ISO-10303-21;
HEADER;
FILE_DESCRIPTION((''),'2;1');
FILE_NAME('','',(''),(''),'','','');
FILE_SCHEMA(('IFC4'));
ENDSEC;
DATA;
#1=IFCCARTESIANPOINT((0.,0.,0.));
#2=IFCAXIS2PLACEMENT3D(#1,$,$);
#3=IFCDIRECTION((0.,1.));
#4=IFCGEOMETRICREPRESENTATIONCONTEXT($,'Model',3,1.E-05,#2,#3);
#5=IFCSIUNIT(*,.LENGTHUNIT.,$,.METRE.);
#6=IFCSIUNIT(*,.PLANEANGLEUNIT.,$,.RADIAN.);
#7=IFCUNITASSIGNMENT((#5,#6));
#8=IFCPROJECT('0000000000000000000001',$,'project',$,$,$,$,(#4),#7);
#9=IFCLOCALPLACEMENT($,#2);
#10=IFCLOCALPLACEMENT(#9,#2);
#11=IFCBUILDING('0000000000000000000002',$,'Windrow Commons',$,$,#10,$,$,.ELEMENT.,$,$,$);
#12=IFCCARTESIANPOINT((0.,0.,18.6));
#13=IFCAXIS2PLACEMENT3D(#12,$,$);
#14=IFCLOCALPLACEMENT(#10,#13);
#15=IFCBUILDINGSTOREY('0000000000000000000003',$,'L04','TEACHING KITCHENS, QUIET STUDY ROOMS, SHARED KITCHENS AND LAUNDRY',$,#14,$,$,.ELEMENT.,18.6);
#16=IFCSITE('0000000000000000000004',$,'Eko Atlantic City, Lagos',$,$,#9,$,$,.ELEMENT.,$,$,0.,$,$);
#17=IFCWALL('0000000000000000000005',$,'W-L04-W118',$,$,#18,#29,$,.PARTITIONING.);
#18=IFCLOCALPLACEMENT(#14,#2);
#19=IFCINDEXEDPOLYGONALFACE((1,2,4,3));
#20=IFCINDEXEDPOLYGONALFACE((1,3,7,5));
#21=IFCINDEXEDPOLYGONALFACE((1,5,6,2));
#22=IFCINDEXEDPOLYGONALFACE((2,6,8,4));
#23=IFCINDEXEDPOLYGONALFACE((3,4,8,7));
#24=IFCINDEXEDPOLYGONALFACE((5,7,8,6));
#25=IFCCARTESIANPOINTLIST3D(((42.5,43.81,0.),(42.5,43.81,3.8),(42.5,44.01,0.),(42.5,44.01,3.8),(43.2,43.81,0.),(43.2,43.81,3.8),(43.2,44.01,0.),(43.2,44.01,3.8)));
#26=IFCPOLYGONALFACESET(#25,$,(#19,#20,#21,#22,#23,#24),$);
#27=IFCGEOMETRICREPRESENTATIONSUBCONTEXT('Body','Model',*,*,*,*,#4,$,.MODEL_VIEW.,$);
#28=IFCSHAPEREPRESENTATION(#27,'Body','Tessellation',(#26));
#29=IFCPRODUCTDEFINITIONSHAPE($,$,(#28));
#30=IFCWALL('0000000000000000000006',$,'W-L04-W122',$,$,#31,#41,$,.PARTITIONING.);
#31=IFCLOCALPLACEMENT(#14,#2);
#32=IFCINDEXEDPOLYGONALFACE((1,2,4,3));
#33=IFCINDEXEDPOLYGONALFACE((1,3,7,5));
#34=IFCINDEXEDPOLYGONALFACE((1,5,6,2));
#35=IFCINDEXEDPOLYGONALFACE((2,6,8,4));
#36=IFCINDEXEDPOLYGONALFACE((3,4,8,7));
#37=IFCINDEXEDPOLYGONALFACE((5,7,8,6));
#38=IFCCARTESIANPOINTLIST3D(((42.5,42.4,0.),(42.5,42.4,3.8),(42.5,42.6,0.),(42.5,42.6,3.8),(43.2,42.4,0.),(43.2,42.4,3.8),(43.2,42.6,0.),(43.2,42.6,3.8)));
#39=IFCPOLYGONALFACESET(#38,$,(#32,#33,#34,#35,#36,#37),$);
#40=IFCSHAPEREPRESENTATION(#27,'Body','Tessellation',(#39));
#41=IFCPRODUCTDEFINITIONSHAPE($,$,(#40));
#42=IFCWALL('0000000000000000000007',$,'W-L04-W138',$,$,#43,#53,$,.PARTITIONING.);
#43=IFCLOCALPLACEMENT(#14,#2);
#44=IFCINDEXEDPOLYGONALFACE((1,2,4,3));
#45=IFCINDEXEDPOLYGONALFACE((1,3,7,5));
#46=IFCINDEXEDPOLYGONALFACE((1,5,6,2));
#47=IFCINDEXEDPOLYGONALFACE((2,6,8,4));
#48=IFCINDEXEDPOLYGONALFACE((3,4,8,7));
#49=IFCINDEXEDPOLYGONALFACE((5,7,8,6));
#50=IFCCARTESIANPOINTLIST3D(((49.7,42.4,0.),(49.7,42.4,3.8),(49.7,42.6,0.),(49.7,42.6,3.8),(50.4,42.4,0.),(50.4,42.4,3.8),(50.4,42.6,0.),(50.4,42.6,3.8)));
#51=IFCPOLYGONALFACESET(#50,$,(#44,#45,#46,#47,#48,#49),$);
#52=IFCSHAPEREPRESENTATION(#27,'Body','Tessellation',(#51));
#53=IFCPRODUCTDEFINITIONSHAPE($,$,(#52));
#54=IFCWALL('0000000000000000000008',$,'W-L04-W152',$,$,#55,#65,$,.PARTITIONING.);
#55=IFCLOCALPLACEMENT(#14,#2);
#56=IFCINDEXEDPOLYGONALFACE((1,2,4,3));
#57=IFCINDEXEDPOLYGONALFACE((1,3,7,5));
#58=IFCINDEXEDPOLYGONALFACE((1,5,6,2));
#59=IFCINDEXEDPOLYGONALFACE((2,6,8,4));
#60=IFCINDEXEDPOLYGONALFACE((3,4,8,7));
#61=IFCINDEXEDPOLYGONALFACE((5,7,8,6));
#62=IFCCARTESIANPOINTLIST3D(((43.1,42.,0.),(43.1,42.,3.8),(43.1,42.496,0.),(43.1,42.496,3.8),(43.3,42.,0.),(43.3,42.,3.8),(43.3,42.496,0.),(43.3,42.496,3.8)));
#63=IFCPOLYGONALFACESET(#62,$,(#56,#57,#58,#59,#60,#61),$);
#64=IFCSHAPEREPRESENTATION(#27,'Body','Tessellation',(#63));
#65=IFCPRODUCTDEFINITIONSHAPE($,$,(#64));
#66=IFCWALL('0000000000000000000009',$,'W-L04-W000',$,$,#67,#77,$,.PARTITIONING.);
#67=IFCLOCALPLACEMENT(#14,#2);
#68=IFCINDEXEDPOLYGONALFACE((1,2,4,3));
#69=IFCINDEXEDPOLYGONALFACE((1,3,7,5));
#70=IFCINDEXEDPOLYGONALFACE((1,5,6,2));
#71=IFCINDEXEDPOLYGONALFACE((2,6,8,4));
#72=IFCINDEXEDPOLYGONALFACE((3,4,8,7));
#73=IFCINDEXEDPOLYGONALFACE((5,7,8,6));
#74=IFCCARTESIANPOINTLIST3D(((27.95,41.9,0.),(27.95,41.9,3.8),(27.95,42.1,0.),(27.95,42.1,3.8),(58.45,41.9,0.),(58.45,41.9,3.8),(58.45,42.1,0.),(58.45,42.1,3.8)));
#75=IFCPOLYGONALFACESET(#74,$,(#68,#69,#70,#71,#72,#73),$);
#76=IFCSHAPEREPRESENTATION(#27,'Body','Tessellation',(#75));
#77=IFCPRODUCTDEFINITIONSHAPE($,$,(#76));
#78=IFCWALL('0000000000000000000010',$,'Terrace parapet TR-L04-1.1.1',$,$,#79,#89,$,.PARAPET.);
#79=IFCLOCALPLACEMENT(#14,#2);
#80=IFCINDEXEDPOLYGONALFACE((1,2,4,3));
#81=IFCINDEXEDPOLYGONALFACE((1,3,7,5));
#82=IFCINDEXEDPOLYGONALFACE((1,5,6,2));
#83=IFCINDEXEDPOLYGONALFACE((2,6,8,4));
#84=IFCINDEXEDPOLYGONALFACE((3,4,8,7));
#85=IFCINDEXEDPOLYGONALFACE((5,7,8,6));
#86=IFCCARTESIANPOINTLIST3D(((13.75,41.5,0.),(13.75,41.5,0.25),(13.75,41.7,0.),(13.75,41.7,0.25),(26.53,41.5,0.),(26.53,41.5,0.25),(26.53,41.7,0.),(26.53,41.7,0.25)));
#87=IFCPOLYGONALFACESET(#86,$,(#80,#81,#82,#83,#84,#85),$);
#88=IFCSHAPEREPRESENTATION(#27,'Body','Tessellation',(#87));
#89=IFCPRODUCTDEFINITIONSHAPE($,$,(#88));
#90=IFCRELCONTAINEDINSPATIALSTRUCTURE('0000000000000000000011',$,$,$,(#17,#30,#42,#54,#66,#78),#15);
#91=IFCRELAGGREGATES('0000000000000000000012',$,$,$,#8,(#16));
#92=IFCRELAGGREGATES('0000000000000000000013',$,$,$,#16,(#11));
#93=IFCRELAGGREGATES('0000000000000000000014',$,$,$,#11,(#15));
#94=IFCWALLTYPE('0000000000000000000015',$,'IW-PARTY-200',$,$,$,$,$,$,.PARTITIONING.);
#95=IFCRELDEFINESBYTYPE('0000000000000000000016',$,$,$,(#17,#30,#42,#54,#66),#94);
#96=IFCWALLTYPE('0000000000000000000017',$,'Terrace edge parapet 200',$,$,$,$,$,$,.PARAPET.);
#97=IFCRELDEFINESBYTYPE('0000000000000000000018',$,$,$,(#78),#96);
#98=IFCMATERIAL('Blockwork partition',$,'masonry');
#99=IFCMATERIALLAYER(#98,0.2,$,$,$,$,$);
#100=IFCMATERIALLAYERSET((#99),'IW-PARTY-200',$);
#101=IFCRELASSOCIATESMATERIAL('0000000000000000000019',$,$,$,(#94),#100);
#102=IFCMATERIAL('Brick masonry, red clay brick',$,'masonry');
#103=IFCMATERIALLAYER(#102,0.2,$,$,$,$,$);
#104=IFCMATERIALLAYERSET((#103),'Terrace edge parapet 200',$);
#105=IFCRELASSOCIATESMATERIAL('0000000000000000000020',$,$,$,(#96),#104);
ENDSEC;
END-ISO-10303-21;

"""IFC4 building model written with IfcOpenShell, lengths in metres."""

from ifc_helpers import new_model, si_unit, direction, frame, frame_2d, origin, place, context, subcontext, project, spatial, polyline, rectangle, outline, extrude, material, layer, layer_set, type_object, element, save


model = new_model("IFC4")

# Units and contexts
model_context = context("Model", 3, precision=1e-05, world=origin(), true_north=direction((0.0, 1.0)))
body_context = subcontext(model_context, "Body", "Model", "MODEL_VIEW")
ifc_project = project(units=[si_unit("LENGTHUNIT", "METRE"), si_unit("PLANEANGLEUNIT", "RADIAN")], contexts=[model_context])

# Site, building, storey
site_placement = place(None, origin())
site = spatial("IfcSite", under=ifc_project, at=site_placement, Name="Eko Atlantic City, Lagos", CompositionType="ELEMENT", RefElevation=0.0)
building_placement = place(site_placement, origin())
building = spatial("IfcBuilding", under=site, at=building_placement, Name="Windrow Commons", CompositionType="ELEMENT")
storey_placement = place(building_placement, frame((0.0, 0.0, 18.6)))
storey = spatial("IfcBuildingStorey", under=building, at=storey_placement, Name="L04", Description="TEACHING KITCHENS, QUIET STUDY ROOMS, SHARED KITCHENS AND LAUNDRY", CompositionType="ELEMENT", Elevation=18.6)

# Walls
ifc_material_1 = material(Name="Blockwork partition", Category="masonry")
ifc_layer_1 = layer(ifc_material_1, 0.2)
ifc_layer_set_1 = layer_set([ifc_layer_1], Name="IW-PARTY-200")
wall_type_1 = type_object("IfcWallType", Name="IW-PARTY-200", PredefinedType="PARTITIONING", material=ifc_layer_set_1)
for number, where, z_axis, x_axis, name in (
    (1, (42.5, 43.91, 0.0), (0.0, 0.0, 1.0), (1.0, 0.0, 0.0), "W-L04-W118"),
    (2, (42.5, 42.5, 0.0), (0.0, 0.0, 1.0), (1.0, 0.0, 0.0), "W-L04-W122"),
    (3, (49.7, 42.5, 0.0), (0.0, 0.0, 1.0), (1.0, 0.0, 0.0), "W-L04-W138"),
):
    element("IfcWall", number, at=place(storey_placement, frame(where, z_axis=z_axis, x_axis=x_axis)), inside=storey, type_object=wall_type_1, Name=name, PredefinedType="PARTITIONING", context=body_context, shape_type="SweptSolid", body=[
        extrude(rectangle(XDim=0.7, YDim=0.2, at=frame_2d((0.35, 0.0))), origin(), (0.0, 0.0, 1.0), 3.8),
    ])
wall_1_placement = place(storey_placement, frame((43.2, 42.0, 0.0), z_axis=(0.0, 0.0, 1.0), x_axis=(0.0, 1.0, 0.0)))
element("IfcWall", 4, at=wall_1_placement, inside=storey, type_object=wall_type_1, Name="W-L04-W152", PredefinedType="PARTITIONING", context=body_context, shape_type="SweptSolid", body=[
    extrude(rectangle(XDim=0.496, YDim=0.2, at=frame_2d((0.248, 0.0))), origin(), (0.0, 0.0, 1.0), 3.8),
])
wall_2_placement = place(storey_placement, frame((27.95, 42.0, 0.0), z_axis=(0.0, 0.0, 1.0), x_axis=(1.0, 0.0, 0.0)))
element("IfcWall", 5, at=wall_2_placement, inside=storey, type_object=wall_type_1, Name="W-L04-W000", PredefinedType="PARTITIONING", context=body_context, shape_type="SweptSolid", body=[
    extrude(outline(polyline([(0.0, -0.1), (30.5, -0.1), (30.5, 0.1), (0.0, 0.1), (0.0, -0.1)])), origin(), (0.0, 0.0, 1.0), 3.8),
])
ifc_material_2 = material(Name="Brick masonry, red clay brick", Category="masonry")
ifc_layer_2 = layer(ifc_material_2, 0.2)
ifc_layer_set_2 = layer_set([ifc_layer_2], Name="Terrace edge parapet 200")
wall_type_2 = type_object("IfcWallType", Name="Terrace edge parapet 200", PredefinedType="PARAPET", material=ifc_layer_set_2)
wall_3_placement = place(storey_placement, frame((26.53, 41.6, 0.0), z_axis=(0.0, 0.0, 1.0), x_axis=(-1.0, 0.0, 0.0)))
element("IfcWall", 6, at=wall_3_placement, inside=storey, type_object=wall_type_2, Name="Terrace parapet TR-L04-1.1.1", PredefinedType="PARAPET", context=body_context, shape_type="SweptSolid", body=[
    extrude(outline(polyline([(0.0, -0.1), (12.78, -0.1), (12.78, 0.1), (0.0, 0.1), (0.0, -0.1)])), origin(), (0.0, 0.0, 1.0), 0.25),
])

save(model, "model.ifc")
